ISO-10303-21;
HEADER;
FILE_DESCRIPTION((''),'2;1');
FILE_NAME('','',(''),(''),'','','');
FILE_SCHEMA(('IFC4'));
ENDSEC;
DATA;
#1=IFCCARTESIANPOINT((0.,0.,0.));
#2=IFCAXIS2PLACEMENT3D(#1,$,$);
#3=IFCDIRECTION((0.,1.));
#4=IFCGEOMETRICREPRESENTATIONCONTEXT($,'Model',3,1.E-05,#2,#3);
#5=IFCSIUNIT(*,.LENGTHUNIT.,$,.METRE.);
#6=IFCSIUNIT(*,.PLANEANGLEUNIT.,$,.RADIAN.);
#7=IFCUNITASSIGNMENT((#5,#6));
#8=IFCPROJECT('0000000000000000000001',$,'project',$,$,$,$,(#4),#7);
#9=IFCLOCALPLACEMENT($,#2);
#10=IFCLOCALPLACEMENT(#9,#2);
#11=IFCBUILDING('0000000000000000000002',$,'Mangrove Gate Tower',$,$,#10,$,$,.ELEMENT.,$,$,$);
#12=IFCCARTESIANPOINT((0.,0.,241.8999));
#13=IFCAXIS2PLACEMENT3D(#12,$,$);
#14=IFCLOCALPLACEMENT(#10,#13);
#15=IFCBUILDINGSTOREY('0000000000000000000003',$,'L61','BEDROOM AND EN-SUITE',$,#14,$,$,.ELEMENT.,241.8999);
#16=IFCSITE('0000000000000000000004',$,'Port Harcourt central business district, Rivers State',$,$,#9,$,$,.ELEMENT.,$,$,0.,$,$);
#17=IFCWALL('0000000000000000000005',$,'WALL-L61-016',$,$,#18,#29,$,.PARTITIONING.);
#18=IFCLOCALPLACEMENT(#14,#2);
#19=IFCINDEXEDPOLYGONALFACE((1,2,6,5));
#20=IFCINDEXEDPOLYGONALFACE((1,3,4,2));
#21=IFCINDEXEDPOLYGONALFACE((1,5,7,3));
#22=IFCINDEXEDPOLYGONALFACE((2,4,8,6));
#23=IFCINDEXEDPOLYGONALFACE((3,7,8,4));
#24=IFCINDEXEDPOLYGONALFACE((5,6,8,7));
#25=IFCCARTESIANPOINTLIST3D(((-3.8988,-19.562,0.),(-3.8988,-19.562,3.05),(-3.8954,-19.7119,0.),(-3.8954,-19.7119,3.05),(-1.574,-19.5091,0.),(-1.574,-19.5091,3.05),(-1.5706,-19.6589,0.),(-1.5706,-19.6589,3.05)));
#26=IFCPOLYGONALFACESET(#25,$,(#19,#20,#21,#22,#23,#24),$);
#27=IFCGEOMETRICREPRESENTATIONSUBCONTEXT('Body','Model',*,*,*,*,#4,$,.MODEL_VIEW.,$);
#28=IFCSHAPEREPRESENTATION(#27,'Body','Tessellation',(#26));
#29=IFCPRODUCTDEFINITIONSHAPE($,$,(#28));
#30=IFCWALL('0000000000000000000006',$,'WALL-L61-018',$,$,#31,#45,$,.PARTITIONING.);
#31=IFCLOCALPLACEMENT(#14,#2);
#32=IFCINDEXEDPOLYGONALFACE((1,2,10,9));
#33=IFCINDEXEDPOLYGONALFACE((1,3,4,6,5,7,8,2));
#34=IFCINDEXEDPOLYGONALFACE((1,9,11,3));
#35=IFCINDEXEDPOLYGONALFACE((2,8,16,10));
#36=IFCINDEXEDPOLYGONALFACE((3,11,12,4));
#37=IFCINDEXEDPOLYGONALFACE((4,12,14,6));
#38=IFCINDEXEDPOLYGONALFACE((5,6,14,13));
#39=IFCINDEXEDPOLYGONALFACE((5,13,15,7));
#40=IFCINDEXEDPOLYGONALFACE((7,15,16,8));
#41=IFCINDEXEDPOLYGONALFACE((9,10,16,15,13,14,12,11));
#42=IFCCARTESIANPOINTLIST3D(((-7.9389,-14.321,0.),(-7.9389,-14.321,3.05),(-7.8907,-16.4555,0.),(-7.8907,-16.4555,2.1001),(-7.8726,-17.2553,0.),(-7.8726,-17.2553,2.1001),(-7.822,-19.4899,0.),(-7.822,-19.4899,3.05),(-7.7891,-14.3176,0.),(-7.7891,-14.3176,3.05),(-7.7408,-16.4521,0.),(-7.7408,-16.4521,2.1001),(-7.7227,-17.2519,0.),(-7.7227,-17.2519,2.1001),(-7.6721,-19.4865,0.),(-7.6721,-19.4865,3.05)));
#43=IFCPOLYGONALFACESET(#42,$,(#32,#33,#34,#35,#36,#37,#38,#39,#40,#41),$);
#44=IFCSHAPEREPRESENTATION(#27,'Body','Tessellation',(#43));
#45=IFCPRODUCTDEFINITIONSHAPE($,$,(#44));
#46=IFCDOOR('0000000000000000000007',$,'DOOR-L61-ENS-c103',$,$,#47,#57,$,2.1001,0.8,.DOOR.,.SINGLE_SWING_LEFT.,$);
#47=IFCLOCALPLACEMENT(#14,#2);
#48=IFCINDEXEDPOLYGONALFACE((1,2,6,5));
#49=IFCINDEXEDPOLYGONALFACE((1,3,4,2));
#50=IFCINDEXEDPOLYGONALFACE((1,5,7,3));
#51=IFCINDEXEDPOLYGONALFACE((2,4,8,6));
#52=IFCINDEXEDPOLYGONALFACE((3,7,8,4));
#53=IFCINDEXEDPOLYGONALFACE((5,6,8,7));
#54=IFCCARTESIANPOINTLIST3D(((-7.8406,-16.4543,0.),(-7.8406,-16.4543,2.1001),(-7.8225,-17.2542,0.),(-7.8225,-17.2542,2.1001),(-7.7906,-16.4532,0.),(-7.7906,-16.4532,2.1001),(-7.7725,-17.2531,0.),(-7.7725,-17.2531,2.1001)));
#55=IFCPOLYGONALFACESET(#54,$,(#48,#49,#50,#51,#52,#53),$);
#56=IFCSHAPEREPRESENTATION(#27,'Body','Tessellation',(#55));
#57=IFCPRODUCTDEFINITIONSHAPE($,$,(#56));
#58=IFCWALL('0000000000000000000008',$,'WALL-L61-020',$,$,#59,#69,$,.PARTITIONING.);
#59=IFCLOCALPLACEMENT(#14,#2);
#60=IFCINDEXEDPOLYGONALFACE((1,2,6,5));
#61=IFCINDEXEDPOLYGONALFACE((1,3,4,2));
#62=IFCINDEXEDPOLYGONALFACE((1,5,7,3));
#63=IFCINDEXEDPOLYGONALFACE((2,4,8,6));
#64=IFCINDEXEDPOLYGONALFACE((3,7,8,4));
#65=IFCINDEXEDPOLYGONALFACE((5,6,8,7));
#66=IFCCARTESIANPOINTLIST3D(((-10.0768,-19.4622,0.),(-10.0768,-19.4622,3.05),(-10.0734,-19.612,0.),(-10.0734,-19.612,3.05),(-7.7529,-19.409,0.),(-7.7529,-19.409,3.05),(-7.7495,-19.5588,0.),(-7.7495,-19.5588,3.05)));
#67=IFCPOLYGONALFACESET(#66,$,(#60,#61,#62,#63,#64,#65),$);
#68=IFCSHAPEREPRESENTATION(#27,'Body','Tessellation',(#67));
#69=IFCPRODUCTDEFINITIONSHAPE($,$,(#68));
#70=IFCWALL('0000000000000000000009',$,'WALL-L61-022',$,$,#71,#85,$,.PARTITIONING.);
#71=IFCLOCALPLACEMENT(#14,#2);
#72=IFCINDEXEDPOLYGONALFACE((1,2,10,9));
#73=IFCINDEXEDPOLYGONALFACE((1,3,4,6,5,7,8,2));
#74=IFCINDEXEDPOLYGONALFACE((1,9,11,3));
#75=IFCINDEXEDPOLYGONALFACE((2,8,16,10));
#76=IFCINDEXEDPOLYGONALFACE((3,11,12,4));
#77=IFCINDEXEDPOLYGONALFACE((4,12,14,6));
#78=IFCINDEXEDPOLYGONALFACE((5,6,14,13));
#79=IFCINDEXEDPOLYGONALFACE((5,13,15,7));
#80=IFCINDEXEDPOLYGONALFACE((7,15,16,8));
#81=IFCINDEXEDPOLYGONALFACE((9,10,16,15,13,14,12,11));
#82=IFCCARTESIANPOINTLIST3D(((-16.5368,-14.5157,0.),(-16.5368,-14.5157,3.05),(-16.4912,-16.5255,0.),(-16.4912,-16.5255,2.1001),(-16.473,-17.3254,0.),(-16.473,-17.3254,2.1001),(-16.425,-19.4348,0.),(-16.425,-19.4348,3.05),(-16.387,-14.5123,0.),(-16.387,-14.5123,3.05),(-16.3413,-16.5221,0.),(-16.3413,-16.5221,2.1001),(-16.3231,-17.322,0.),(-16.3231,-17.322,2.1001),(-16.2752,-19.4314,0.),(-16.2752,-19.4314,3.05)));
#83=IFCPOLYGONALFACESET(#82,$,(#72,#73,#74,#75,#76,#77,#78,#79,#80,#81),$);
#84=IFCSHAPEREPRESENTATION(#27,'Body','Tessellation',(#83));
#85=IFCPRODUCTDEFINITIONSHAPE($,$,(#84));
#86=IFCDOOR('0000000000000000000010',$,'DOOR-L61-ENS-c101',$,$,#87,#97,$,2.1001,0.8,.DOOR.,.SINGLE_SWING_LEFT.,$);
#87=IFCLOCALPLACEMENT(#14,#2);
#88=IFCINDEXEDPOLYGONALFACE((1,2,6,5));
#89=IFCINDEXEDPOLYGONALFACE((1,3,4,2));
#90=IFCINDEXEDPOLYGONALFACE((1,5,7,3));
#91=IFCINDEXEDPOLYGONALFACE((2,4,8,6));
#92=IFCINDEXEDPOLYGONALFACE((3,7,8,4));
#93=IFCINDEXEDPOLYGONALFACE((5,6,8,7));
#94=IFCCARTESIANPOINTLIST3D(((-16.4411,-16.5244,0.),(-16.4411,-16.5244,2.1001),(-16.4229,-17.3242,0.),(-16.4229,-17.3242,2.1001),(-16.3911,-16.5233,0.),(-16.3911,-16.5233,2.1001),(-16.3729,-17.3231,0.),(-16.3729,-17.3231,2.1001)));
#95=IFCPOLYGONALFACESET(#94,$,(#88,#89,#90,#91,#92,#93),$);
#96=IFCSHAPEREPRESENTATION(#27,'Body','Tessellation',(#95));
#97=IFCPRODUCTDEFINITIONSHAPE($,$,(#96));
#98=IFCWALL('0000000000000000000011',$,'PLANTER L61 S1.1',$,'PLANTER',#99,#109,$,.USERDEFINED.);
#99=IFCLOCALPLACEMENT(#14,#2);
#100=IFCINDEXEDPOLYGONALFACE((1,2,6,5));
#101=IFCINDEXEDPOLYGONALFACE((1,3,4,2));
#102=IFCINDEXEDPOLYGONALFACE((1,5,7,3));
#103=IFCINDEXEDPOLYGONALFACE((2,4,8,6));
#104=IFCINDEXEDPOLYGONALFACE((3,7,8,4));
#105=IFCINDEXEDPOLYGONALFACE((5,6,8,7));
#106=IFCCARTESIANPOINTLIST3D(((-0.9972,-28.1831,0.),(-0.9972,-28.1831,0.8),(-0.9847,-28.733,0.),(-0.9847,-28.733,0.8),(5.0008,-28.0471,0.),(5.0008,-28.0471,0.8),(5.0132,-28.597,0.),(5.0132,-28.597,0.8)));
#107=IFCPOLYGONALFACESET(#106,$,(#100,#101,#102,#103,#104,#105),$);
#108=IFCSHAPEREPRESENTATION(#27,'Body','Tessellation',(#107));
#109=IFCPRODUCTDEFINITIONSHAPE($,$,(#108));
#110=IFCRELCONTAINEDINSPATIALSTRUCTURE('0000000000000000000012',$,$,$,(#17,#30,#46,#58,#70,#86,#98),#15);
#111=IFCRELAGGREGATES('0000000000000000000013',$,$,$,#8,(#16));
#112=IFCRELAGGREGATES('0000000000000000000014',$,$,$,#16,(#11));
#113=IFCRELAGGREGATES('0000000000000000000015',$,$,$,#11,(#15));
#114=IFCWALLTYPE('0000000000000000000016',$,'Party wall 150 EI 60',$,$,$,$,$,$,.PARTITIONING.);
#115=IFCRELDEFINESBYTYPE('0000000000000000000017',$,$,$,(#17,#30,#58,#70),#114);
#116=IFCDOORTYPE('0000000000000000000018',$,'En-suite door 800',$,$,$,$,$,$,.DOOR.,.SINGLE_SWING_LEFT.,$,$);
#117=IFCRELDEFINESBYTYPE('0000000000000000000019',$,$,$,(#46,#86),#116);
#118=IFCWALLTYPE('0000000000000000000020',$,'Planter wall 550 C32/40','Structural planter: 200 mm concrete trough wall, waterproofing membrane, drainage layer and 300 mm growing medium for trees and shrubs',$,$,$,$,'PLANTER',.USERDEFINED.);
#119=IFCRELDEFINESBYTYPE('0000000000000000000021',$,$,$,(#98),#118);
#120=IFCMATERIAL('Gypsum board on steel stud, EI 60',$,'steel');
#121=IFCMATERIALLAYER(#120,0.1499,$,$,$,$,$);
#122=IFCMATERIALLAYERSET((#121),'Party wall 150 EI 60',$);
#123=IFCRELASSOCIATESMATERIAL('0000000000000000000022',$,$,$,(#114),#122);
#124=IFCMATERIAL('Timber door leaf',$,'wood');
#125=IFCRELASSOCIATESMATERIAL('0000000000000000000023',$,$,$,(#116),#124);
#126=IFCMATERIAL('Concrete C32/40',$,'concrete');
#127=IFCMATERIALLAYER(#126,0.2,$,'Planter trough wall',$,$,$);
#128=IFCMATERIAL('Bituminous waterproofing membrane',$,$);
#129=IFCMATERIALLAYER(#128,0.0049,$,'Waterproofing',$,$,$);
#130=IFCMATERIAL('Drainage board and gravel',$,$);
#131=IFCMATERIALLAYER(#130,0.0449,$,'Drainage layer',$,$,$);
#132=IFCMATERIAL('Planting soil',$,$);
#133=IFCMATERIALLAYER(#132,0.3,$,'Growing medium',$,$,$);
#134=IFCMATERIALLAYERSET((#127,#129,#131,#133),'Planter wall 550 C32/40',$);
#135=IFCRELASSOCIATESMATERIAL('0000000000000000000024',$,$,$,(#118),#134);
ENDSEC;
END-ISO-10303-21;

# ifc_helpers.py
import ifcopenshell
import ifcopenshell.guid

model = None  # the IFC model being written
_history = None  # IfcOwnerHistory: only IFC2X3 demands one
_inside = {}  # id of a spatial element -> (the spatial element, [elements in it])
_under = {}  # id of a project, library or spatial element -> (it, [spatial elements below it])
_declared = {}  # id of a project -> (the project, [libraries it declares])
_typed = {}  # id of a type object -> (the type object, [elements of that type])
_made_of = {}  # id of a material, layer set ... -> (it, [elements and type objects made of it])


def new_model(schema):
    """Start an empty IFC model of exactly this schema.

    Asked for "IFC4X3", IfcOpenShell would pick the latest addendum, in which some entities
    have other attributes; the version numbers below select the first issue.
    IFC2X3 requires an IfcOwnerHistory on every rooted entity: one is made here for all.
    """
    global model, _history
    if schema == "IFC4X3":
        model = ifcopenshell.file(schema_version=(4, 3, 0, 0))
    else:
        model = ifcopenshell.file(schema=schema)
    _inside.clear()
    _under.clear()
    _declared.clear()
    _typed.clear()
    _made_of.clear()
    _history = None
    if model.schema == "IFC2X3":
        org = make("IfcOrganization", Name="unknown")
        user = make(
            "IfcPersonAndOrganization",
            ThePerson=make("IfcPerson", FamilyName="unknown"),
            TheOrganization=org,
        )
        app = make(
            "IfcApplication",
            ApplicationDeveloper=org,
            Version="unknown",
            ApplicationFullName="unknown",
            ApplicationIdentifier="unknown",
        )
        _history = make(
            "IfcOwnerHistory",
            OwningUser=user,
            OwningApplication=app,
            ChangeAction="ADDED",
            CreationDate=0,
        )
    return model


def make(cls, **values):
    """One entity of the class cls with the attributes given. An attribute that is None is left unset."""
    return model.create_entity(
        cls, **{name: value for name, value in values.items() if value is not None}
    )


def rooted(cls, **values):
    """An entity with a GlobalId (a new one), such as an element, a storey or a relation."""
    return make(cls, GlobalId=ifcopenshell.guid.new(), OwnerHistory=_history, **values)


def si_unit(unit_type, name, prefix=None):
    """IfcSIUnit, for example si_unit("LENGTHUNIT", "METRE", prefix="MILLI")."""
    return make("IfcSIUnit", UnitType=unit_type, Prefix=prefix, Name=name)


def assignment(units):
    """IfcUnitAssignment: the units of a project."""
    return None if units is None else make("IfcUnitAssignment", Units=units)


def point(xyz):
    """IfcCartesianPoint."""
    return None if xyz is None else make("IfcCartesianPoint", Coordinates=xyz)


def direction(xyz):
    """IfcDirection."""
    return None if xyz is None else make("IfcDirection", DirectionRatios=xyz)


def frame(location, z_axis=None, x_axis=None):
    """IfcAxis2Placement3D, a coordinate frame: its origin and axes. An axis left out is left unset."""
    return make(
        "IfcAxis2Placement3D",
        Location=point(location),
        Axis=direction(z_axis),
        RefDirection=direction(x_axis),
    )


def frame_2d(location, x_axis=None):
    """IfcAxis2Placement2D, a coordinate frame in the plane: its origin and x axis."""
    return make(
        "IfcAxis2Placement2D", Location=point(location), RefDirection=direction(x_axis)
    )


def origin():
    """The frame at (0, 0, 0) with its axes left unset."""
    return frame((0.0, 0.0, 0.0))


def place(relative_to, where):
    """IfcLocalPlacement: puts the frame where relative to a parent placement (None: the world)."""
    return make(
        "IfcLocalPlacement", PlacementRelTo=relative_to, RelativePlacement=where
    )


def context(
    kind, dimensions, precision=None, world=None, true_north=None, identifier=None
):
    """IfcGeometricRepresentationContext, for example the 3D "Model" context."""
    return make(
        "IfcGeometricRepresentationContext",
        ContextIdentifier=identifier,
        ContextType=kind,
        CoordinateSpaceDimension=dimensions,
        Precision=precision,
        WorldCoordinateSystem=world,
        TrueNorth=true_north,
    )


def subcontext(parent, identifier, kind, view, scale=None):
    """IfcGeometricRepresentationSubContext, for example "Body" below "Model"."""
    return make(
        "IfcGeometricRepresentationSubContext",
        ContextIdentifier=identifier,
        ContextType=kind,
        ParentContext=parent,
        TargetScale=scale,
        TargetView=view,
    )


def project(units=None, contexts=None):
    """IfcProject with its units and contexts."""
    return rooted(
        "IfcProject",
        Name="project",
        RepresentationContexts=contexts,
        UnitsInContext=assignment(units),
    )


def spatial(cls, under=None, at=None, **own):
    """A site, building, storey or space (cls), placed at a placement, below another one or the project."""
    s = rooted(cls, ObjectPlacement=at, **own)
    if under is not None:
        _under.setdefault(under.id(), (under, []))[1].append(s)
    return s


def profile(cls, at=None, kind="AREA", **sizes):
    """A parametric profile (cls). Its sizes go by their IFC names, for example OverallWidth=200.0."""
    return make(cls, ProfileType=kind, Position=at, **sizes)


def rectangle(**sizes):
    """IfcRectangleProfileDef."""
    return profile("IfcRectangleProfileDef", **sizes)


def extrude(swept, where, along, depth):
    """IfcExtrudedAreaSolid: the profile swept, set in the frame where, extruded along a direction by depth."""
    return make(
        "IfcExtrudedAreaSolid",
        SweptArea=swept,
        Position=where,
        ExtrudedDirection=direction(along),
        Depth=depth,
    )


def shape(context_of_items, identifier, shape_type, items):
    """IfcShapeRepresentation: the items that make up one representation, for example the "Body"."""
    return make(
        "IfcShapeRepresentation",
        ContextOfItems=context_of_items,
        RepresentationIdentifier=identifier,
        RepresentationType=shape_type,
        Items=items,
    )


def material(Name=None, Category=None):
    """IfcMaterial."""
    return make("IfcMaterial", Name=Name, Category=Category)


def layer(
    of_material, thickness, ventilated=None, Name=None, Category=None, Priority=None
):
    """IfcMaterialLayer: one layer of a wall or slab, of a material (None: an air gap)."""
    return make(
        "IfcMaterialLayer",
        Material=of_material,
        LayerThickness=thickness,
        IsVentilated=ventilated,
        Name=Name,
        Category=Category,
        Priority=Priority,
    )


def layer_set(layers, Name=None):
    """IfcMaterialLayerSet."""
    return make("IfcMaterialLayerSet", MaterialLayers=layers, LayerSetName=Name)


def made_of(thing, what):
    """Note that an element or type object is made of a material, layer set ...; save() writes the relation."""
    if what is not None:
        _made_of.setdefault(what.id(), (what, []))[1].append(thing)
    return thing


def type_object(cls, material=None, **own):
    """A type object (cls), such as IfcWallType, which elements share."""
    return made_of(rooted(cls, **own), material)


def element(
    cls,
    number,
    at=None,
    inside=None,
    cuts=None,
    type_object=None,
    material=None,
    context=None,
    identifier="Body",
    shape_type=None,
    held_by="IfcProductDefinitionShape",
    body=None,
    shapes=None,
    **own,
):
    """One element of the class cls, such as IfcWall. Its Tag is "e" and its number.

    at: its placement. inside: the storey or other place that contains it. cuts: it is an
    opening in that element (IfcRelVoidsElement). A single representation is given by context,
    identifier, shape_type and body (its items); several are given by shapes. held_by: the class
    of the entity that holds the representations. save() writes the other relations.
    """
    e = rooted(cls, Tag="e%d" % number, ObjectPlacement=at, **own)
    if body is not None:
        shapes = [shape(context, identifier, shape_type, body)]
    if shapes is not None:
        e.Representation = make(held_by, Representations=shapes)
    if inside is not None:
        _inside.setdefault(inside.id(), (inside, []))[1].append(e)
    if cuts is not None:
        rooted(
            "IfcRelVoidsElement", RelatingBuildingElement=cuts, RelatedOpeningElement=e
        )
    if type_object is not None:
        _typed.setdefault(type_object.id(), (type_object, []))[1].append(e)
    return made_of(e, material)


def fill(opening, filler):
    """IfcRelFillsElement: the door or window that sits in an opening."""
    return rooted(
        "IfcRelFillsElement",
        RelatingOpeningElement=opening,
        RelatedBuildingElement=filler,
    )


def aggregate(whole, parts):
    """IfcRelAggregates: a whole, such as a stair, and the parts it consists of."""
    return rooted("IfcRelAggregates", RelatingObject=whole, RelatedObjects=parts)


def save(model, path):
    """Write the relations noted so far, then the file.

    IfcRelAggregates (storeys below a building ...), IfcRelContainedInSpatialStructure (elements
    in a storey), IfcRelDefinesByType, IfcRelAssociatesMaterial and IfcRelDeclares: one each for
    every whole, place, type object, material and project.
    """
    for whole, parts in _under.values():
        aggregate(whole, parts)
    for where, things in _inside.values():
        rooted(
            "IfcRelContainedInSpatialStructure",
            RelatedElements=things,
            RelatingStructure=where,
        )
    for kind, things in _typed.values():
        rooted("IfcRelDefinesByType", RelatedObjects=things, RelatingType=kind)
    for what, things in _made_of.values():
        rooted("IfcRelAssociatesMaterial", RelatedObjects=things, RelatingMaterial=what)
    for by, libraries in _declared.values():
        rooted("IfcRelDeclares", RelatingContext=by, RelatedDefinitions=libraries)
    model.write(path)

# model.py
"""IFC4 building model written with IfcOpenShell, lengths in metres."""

from ifc_helpers import new_model, si_unit, direction, frame, frame_2d, origin, place, context, subcontext, project, spatial, rectangle, extrude, material, layer, layer_set, type_object, element, fill, save


model = new_model("IFC4")

# Units and contexts
model_context = context("Model", 3, precision=1e-05, world=origin(), true_north=direction((0.0, 1.0)))
body_context = subcontext(model_context, "Body", "Model", "MODEL_VIEW")
ifc_project = project(units=[si_unit("LENGTHUNIT", "METRE"), si_unit("PLANEANGLEUNIT", "RADIAN")], contexts=[model_context])

# Site, building, storey
site_placement = place(None, origin())
site = spatial("IfcSite", under=ifc_project, at=site_placement, Name="Port Harcourt central business district, Rivers State", CompositionType="ELEMENT", RefElevation=0.0)
building_placement = place(site_placement, origin())
building = spatial("IfcBuilding", under=site, at=building_placement, Name="Mangrove Gate Tower", CompositionType="ELEMENT")
storey_placement = place(building_placement, frame((0.0, 0.0, 241.8999)))
storey = spatial("IfcBuildingStorey", under=building, at=storey_placement, Name="L61", Description="BEDROOM AND EN-SUITE", CompositionType="ELEMENT", Elevation=241.8999)

# Shared definitions
ifc_material_1 = material(Name="Gypsum board on steel stud, EI 60", Category="steel")
ifc_layer_1 = layer(ifc_material_1, 0.1499)
ifc_layer_set_1 = layer_set([ifc_layer_1], Name="Party wall 150 EI 60")
wall_type_1 = type_object("IfcWallType", Name="Party wall 150 EI 60", PredefinedType="PARTITIONING", material=ifc_layer_set_1)

# Shared definitions
ifc_material_2 = material(Name="Timber door leaf", Category="wood")
door_type = type_object("IfcDoorType", Name="En-suite door 800", OperationType="SINGLE_SWING_LEFT", PredefinedType="DOOR", material=ifc_material_2)

# Wall
wall_1_placement = place(storey_placement, frame((-3.897, -19.637, 0.0), z_axis=(0.0, 0.0, 1.0), x_axis=(0.99974, 0.022781, 0.0)))
element("IfcWall", 1, at=wall_1_placement, inside=storey, type_object=wall_type_1, Name="WALL-L61-016", PredefinedType="PARTITIONING", context=body_context, shape_type="SweptSolid", body=[
    extrude(rectangle(XDim=2.3254, YDim=0.1499, at=frame_2d((1.1626, 0.0))), origin(), (0.0, 0.0, 1.0), 3.05),
])

# Wall, opening, door
wall_2_placement = place(storey_placement, frame((-7.7471, -19.488, 0.0), z_axis=(0.0, 0.0, 1.0), x_axis=(-0.022618, 0.999744, 0.0)))
wall_2 = element("IfcWall", 2, at=wall_2_placement, inside=storey, type_object=wall_type_1, Name="WALL-L61-018", PredefinedType="PARTITIONING", context=body_context, shape_type="SweptSolid", body=[
    extrude(rectangle(XDim=5.1702, YDim=0.1499, at=frame_2d((2.585, 0.0))), origin(), (0.0, 0.0, 1.0), 3.05),
])
opening_1_placement = place(wall_2_placement, frame((2.2351, 0.0, 0.0)))
opening_1 = element("IfcOpeningElement", 3, at=opening_1_placement, cuts=wall_2, PredefinedType="OPENING", context=body_context, shape_type="SweptSolid", body=[
    extrude(rectangle(XDim=0.8, YDim=2.1001, at=frame_2d((0.3999, 1.05))), frame((0.0, 0.085, 0.0), z_axis=(0.0, -1.0, 0.0), x_axis=(1.0, 0.0, 0.0)), (0.0, 0.0, 1.0), 0.1699),
])
door_1_placement = place(opening_1_placement, origin())
door_1 = element("IfcDoor", 4, at=door_1_placement, inside=storey, type_object=door_type, Name="DOOR-L61-ENS-c103", OperationType="SINGLE_SWING_LEFT", OverallHeight=2.1001, OverallWidth=0.8, PredefinedType="DOOR", context=body_context, shape_type="SweptSolid", body=[
    extrude(rectangle(XDim=0.8, YDim=2.1001, at=frame_2d((0.3999, 1.05))), frame((0.0, 0.0249, 0.0), z_axis=(0.0, -1.0, 0.0), x_axis=(1.0, 0.0, 0.0)), (0.0, 0.0, 1.0), 0.05),
])
fill(opening_1, door_1)

# Wall
wall_3_placement = place(storey_placement, frame((-10.075, -19.5371, 0.0), z_axis=(0.0, 0.0, 1.0), x_axis=(0.999738, 0.022896, 0.0)))
element("IfcWall", 5, at=wall_3_placement, inside=storey, type_object=wall_type_1, Name="WALL-L61-020", PredefinedType="PARTITIONING", context=body_context, shape_type="SweptSolid", body=[
    extrude(rectangle(XDim=2.3245, YDim=0.1499, at=frame_2d((1.1621, 0.0))), origin(), (0.0, 0.0, 1.0), 3.05),
])

# Wall, opening, door
wall_4_placement = place(storey_placement, frame((-16.3501, -19.4331, 0.0), z_axis=(0.0, 0.0, 1.0), x_axis=(-0.022725, 0.999742, 0.0)))
wall_4 = element("IfcWall", 6, at=wall_4_placement, inside=storey, type_object=wall_type_1, Name="WALL-L61-022", PredefinedType="PARTITIONING", context=body_context, shape_type="SweptSolid", body=[
    extrude(rectangle(XDim=4.9204, YDim=0.1499, at=frame_2d((2.4602, 0.0))), origin(), (0.0, 0.0, 1.0), 3.05),
])
opening_2_placement = place(wall_4_placement, frame((2.1101, 0.0, 0.0)))
opening_2 = element("IfcOpeningElement", 7, at=opening_2_placement, cuts=wall_4, PredefinedType="OPENING", context=body_context, shape_type="SweptSolid", body=[
    extrude(rectangle(XDim=0.8, YDim=2.1001, at=frame_2d((0.3999, 1.05))), frame((0.0, 0.085, 0.0), z_axis=(0.0, -1.0, 0.0), x_axis=(1.0, 0.0, 0.0)), (0.0, 0.0, 1.0), 0.1699),
])
door_2_placement = place(opening_2_placement, origin())
door_2 = element("IfcDoor", 8, at=door_2_placement, inside=storey, type_object=door_type, Name="DOOR-L61-ENS-c101", OperationType="SINGLE_SWING_LEFT", OverallHeight=2.1001, OverallWidth=0.8, PredefinedType="DOOR", context=body_context, shape_type="SweptSolid", body=[
    extrude(rectangle(XDim=0.8, YDim=2.1001, at=frame_2d((0.3999, 1.05))), frame((0.0, 0.0249, 0.0), z_axis=(0.0, -1.0, 0.0), x_axis=(1.0, 0.0, 0.0)), (0.0, 0.0, 1.0), 0.05),
])
fill(opening_2, door_2)

# Wall
ifc_material_3 = material(Name="Concrete C32/40", Category="concrete")
ifc_layer_2 = layer(ifc_material_3, 0.2, Name="Planter trough wall")
ifc_material_4 = material(Name="Bituminous waterproofing membrane")
ifc_layer_3 = layer(ifc_material_4, 0.0049, Name="Waterproofing")
ifc_material_5 = material(Name="Drainage board and gravel")
ifc_layer_4 = layer(ifc_material_5, 0.0449, Name="Drainage layer")
ifc_material_6 = material(Name="Planting soil")
ifc_layer_5 = layer(ifc_material_6, 0.3, Name="Growing medium")
ifc_layer_set_2 = layer_set([ifc_layer_2, ifc_layer_3, ifc_layer_4, ifc_layer_5], Name="Planter wall 550 C32/40")
wall_type_2 = type_object("IfcWallType", Name="Planter wall 550 C32/40", Description="Structural planter: 200 mm concrete trough wall, waterproofing membrane, drainage layer and 300 mm growing medium for trees and shrubs", ElementType="PLANTER", PredefinedType="USERDEFINED", material=ifc_layer_set_2)
wall_5_placement = place(storey_placement, frame((-0.991, -28.458, 0.0), z_axis=(0.0, 0.0, 1.0), x_axis=(0.999743, 0.022666, 0.0)))
element("IfcWall", 9, at=wall_5_placement, inside=storey, type_object=wall_type_2, Name="PLANTER L61 S1.1", ObjectType="PLANTER", PredefinedType="USERDEFINED", context=body_context, shape_type="SweptSolid", body=[
    extrude(rectangle(XDim=5.9995, YDim=0.55, at=frame_2d((2.9998, 0.0))), origin(), (0.0, 0.0, 1.0), 0.8),
])

save(model, "model.ifc")
